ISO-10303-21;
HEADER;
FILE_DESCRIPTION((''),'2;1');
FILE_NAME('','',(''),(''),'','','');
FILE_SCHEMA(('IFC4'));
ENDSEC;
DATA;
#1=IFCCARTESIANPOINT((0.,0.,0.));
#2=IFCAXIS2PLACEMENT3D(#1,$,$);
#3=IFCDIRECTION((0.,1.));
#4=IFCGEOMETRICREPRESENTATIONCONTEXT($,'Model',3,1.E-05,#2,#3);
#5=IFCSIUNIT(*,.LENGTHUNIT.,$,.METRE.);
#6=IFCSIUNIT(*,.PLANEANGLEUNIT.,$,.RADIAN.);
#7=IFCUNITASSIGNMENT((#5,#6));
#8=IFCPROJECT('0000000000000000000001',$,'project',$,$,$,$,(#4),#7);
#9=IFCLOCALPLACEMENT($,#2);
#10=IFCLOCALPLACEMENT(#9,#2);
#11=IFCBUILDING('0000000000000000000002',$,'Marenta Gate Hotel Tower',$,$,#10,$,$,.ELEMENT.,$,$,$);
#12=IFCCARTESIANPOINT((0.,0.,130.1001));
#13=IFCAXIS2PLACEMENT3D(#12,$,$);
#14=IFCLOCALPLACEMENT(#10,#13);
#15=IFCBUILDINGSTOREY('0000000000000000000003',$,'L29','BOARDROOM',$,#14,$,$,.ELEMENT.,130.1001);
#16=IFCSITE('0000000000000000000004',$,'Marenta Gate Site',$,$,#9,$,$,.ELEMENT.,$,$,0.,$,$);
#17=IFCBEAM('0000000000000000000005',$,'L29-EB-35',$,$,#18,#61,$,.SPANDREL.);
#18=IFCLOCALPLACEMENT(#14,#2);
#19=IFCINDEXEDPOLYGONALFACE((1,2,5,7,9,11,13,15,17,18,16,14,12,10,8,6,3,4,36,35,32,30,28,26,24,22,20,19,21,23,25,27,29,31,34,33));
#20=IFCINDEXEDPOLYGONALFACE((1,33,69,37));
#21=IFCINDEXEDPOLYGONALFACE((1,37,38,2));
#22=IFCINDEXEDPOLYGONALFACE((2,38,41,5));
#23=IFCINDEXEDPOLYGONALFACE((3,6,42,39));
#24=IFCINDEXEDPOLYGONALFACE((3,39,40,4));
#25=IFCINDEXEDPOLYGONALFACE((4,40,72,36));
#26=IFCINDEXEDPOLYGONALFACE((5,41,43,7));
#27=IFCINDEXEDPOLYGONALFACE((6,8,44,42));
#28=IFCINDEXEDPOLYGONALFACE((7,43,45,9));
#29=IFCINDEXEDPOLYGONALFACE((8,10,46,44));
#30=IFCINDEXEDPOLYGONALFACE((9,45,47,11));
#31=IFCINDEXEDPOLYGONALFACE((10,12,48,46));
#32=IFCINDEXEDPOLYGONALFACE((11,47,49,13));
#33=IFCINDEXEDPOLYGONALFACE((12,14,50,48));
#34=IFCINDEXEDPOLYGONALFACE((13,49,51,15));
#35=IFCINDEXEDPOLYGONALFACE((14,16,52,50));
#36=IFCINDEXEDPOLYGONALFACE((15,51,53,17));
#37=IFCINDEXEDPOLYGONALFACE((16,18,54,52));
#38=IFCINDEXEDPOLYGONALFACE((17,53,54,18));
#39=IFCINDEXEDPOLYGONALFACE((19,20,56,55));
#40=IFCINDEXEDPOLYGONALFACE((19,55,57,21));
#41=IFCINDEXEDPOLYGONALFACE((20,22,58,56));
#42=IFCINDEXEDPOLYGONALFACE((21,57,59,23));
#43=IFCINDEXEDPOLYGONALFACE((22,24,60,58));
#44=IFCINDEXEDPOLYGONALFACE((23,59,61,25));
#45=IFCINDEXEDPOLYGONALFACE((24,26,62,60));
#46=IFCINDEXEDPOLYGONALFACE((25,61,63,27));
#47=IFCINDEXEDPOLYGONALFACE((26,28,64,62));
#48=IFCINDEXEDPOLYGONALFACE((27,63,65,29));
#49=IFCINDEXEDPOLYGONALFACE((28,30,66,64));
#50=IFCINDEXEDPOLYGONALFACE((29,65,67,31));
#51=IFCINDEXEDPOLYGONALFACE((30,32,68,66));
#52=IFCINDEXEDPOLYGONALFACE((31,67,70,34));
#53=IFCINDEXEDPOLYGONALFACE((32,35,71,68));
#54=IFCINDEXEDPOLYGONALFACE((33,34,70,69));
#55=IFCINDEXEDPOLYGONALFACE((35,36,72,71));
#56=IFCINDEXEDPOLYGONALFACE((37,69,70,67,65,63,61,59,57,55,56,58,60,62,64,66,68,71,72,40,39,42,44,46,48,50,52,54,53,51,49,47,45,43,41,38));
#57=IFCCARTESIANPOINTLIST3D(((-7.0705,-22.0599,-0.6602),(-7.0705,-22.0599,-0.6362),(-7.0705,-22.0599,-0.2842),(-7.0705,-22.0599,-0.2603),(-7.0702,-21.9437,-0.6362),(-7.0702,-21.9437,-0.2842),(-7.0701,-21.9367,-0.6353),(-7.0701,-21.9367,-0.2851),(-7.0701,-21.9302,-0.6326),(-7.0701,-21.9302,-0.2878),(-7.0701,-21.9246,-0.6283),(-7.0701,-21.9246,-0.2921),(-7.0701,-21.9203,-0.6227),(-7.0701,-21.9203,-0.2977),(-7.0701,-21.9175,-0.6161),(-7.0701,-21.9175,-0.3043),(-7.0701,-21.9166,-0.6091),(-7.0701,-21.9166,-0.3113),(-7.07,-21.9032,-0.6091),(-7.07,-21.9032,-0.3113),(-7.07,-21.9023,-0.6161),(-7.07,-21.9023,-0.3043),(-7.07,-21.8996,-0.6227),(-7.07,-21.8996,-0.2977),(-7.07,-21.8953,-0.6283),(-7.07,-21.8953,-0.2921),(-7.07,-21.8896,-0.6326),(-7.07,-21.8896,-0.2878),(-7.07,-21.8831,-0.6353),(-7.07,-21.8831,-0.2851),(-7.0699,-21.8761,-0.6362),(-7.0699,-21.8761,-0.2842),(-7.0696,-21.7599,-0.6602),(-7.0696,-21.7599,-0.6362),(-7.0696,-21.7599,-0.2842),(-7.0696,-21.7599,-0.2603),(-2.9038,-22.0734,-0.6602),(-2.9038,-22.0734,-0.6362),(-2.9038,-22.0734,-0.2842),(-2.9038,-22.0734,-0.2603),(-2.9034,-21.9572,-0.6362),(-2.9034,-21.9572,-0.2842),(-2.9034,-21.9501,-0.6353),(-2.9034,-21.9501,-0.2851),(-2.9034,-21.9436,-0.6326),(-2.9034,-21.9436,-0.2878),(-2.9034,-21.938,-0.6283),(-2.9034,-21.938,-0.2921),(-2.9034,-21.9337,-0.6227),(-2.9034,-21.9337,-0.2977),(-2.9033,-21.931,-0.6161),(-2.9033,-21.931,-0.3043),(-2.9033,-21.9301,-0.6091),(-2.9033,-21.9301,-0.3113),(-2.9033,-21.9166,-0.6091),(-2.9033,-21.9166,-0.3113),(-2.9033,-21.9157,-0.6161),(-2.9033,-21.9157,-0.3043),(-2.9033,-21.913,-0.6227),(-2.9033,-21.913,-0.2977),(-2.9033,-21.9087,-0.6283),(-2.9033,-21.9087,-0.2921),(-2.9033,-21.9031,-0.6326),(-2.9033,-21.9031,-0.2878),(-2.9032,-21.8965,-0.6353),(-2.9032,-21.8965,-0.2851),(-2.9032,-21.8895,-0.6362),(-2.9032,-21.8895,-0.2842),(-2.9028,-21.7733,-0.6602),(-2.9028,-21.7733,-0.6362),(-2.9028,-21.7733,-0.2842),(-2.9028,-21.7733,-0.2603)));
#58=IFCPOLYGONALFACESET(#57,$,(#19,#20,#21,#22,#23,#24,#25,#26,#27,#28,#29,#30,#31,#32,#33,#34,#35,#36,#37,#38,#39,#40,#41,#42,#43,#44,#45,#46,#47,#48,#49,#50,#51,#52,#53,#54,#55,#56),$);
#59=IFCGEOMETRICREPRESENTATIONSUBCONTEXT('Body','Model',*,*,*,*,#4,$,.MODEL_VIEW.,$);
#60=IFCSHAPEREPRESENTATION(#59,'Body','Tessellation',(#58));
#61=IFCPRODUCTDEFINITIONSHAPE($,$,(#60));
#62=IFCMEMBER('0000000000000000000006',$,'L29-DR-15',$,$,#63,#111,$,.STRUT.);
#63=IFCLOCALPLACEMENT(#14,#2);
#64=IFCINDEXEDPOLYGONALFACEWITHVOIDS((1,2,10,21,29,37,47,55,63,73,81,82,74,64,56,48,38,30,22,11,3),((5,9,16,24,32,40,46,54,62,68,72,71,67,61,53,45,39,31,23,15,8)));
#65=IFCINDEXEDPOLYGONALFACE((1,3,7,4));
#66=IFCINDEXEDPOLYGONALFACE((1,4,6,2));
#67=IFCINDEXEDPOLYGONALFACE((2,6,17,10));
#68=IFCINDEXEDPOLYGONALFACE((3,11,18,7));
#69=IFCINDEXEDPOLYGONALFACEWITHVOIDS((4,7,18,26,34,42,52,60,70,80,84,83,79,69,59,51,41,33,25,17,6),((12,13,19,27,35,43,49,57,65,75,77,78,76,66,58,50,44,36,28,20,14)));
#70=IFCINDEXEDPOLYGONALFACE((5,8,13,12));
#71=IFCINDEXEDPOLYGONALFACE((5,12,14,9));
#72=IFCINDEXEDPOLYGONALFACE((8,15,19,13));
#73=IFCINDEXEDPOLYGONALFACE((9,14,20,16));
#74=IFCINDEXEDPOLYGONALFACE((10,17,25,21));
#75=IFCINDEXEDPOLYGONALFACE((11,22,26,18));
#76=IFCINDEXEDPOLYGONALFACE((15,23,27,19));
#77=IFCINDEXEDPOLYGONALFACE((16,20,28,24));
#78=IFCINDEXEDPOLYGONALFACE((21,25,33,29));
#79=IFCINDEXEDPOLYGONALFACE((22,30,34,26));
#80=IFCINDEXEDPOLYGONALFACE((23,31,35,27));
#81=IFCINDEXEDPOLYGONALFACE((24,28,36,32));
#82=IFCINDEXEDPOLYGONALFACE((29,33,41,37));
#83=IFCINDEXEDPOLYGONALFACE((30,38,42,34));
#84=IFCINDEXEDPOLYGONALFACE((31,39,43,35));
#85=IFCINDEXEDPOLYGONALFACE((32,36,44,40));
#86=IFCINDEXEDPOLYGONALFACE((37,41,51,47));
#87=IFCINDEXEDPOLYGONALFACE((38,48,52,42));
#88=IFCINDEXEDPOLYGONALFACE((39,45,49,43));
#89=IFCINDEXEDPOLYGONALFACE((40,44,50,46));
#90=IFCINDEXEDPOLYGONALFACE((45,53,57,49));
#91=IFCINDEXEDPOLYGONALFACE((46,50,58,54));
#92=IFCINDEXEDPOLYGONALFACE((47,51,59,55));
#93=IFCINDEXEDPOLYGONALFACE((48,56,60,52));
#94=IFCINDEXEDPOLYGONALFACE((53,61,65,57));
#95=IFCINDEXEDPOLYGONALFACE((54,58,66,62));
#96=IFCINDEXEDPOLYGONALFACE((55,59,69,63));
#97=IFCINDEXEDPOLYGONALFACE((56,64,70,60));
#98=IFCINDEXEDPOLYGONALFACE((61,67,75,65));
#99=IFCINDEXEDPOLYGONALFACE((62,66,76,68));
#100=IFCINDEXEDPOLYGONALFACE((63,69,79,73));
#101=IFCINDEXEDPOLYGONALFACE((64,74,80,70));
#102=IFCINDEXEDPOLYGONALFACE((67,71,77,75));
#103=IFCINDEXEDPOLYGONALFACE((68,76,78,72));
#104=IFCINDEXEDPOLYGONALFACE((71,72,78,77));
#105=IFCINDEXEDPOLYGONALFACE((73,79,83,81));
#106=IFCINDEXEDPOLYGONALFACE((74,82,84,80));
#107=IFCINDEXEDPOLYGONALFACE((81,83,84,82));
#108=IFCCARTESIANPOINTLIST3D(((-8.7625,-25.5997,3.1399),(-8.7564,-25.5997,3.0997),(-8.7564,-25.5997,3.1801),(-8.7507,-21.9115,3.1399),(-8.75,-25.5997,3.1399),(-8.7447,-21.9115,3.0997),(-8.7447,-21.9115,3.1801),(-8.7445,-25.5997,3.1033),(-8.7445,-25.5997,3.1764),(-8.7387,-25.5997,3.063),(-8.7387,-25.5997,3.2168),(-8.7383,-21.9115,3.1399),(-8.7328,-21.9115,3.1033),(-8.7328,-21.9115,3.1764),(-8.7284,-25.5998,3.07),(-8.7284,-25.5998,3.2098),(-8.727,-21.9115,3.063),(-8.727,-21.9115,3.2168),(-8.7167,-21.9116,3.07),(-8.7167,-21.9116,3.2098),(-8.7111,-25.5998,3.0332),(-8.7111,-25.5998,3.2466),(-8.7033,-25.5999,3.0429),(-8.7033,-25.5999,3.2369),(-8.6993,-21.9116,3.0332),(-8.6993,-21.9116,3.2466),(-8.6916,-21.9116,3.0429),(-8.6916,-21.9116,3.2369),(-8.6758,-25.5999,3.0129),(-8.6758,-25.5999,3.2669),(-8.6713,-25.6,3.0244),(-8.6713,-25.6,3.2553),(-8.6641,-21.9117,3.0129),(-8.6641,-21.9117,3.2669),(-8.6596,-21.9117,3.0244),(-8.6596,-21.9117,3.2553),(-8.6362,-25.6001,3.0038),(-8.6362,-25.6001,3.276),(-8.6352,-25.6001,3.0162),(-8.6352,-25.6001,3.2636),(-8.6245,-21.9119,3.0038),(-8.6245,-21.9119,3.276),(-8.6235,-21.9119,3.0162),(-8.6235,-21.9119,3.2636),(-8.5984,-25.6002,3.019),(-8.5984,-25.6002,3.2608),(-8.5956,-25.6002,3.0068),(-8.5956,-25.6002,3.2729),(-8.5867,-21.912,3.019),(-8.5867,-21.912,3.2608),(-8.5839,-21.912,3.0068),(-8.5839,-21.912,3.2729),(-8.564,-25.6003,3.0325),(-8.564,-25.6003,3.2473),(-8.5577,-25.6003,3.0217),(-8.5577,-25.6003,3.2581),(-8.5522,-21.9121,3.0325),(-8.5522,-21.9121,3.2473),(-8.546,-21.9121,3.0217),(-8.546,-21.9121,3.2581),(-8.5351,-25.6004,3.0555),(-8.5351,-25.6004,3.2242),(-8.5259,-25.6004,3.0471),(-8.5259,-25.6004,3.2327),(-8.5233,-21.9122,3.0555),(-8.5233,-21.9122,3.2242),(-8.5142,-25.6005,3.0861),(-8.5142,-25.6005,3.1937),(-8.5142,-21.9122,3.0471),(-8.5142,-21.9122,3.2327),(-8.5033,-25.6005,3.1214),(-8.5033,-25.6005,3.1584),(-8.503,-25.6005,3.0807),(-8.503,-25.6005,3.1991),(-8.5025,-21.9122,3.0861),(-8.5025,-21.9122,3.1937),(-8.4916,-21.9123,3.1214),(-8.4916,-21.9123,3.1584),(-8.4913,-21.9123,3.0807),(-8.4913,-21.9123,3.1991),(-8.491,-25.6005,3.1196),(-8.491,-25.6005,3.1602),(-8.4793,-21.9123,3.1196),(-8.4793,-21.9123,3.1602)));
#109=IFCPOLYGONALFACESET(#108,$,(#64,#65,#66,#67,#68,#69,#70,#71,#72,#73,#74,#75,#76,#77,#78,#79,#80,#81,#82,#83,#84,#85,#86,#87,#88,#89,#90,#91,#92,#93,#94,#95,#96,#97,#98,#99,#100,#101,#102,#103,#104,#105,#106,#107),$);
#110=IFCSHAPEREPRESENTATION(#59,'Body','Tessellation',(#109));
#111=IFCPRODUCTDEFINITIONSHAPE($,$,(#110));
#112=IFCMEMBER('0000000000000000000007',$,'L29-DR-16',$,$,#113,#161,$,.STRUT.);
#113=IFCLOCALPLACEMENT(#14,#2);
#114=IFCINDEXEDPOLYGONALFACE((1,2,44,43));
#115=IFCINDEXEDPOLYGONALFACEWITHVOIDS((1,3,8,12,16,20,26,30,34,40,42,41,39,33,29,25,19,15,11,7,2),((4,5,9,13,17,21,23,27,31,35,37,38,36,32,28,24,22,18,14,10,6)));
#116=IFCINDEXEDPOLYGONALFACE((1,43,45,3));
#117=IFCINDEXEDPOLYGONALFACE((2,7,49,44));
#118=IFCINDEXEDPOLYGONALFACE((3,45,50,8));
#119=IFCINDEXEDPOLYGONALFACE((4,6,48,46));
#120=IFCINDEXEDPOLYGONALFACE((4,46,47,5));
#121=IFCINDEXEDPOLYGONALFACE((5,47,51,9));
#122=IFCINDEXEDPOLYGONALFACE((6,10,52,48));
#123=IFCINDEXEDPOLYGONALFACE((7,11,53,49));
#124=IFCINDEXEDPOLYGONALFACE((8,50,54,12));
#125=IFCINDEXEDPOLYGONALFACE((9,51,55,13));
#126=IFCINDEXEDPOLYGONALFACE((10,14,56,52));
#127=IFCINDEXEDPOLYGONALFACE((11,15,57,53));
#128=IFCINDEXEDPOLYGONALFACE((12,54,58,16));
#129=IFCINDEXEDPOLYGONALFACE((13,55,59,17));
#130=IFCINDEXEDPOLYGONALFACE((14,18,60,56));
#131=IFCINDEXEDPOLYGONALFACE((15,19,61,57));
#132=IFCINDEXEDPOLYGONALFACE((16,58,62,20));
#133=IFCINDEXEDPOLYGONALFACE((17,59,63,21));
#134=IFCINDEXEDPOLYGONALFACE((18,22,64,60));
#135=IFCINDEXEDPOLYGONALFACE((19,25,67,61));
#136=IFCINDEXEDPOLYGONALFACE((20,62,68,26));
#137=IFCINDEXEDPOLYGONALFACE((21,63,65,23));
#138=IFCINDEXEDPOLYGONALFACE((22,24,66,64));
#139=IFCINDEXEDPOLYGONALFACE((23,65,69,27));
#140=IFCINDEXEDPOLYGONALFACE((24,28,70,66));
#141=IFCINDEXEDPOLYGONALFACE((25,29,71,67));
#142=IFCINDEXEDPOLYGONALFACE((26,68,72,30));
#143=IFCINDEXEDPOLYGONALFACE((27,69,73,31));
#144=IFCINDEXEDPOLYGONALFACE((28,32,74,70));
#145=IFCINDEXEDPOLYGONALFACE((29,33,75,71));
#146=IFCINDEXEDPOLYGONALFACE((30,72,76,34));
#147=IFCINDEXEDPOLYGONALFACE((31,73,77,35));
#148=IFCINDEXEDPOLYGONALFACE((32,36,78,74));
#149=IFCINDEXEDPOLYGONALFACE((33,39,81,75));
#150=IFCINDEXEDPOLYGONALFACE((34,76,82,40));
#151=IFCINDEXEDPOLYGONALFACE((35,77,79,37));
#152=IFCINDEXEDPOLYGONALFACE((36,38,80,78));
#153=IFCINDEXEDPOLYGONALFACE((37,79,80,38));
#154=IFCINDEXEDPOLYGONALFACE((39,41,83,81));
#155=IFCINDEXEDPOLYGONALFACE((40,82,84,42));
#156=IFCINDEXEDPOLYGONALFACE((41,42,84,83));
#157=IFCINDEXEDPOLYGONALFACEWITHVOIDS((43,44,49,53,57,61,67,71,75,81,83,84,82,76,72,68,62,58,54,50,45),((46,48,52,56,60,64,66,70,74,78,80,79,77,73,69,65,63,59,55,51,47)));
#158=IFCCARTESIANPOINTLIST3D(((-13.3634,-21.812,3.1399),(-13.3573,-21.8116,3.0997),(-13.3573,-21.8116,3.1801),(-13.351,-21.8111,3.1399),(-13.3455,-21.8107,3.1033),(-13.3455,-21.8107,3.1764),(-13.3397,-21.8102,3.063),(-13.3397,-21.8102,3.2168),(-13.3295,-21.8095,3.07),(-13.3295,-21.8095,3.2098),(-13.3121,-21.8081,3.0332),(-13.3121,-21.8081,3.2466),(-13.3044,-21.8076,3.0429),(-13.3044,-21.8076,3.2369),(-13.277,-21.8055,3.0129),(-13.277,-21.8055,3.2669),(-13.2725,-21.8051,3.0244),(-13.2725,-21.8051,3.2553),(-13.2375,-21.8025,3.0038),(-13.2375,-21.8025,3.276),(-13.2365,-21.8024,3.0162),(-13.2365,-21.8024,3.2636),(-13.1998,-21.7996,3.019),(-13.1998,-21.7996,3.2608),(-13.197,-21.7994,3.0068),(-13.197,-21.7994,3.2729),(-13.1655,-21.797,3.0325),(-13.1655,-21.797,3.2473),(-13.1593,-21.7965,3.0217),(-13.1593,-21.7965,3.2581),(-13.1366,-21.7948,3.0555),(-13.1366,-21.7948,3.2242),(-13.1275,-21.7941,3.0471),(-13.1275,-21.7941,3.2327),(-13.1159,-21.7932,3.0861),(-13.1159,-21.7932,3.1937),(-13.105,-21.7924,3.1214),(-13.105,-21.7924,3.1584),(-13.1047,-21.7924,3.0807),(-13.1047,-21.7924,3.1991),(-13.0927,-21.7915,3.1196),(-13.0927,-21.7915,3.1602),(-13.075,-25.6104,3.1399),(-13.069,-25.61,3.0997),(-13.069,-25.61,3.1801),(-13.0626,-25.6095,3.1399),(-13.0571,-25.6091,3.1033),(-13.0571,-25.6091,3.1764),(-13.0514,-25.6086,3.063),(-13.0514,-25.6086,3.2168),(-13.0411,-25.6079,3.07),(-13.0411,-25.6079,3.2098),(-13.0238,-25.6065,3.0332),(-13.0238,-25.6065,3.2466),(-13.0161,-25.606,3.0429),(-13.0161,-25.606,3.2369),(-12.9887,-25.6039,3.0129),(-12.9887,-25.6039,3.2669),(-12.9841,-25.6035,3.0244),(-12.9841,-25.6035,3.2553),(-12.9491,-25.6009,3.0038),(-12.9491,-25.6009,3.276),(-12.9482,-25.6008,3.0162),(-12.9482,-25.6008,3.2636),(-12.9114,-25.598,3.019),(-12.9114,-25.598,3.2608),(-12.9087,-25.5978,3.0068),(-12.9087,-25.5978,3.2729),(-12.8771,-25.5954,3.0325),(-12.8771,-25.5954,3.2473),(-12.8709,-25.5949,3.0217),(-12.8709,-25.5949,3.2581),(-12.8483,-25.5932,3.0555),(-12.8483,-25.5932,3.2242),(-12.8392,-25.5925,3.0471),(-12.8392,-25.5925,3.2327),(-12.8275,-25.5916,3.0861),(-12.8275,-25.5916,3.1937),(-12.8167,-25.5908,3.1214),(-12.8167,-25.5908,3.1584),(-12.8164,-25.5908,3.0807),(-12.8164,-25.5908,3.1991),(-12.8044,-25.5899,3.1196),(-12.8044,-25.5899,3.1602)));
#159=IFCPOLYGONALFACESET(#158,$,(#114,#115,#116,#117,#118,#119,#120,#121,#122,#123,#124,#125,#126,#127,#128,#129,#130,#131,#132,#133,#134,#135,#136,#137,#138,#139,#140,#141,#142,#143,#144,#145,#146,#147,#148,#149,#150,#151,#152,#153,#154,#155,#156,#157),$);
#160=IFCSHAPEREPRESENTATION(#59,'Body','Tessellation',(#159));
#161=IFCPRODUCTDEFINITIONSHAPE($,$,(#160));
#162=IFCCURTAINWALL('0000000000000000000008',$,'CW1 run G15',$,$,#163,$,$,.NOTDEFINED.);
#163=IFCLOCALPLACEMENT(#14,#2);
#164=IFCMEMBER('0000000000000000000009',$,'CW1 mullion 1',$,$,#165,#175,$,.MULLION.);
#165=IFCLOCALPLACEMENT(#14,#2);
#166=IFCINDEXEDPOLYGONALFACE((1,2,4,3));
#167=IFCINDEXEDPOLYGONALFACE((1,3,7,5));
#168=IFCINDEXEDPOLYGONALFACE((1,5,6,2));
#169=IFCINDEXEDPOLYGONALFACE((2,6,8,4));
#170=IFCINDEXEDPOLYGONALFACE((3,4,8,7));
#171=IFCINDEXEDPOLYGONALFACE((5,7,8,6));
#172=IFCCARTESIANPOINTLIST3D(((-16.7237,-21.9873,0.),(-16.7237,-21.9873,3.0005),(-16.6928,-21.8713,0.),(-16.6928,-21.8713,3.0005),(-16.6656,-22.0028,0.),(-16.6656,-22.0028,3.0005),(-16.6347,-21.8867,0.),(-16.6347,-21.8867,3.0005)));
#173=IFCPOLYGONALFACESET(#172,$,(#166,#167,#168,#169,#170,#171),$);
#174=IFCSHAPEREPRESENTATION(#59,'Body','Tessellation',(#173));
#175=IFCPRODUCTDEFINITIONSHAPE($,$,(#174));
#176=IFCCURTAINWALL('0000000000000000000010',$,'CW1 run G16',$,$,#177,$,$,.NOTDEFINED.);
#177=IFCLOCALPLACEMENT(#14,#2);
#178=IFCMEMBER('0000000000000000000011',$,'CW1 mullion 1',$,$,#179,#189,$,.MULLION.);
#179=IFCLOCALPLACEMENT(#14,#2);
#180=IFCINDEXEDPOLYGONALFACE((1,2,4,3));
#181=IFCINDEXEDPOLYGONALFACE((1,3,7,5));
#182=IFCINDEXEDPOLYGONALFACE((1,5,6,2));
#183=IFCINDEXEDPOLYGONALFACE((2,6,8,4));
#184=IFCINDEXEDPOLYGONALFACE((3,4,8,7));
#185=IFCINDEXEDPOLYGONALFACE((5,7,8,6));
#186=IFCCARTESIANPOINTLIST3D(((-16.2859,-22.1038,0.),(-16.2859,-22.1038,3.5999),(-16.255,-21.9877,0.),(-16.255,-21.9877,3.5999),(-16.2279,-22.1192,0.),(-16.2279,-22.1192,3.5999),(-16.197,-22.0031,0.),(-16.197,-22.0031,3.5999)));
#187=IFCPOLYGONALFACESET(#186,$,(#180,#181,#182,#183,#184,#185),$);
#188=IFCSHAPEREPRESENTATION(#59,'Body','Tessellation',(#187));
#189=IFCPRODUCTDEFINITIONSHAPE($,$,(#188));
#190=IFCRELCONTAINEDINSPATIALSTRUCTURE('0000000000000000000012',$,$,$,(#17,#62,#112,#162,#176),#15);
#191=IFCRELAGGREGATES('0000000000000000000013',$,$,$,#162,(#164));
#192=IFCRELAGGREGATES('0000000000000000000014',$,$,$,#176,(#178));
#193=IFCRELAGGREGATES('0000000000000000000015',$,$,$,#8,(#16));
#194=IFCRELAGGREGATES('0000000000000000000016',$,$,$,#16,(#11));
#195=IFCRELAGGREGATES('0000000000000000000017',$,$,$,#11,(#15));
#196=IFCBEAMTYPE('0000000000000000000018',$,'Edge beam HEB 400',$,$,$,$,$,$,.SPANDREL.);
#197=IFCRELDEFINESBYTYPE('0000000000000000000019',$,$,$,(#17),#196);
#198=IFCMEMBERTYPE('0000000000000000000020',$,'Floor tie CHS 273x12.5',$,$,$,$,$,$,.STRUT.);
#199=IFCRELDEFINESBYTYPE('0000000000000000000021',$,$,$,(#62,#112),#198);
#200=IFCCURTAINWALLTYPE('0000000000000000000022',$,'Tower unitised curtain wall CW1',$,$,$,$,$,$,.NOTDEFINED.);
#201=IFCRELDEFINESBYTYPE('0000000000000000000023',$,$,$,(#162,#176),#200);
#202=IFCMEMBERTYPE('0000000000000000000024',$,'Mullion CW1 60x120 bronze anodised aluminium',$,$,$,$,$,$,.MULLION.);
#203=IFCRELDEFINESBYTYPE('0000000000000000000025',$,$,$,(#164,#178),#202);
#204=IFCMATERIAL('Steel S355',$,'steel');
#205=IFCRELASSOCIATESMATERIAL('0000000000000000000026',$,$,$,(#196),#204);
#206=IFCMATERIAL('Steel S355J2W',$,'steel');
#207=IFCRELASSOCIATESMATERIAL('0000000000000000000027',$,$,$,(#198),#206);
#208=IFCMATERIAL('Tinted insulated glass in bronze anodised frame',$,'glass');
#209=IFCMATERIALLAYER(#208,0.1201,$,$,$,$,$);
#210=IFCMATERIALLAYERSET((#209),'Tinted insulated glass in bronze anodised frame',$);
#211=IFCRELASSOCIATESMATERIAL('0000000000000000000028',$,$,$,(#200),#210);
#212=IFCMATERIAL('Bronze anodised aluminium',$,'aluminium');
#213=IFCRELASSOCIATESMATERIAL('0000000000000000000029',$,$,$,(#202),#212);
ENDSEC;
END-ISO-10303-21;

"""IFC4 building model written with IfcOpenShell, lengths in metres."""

from ifc_helpers import new_model, si_unit, direction, frame, origin, origin_2d, place, context, subcontext, project, spatial, rectangle, hollow_circle, i_section, extrude, material, layer, layer_set, material_profile, profile_set, type_object, element, aggregate, save


model = new_model("IFC4")

# Units and contexts
model_context = context("Model", 3, precision=1e-05, world=origin(), true_north=direction((0.0, 1.0)))
body_context = subcontext(model_context, "Body", "Model", "MODEL_VIEW")
ifc_project = project(units=[si_unit("LENGTHUNIT", "METRE"), si_unit("PLANEANGLEUNIT", "RADIAN")], contexts=[model_context])

# Site, building, storey
site_placement = place(None, origin())
site = spatial("IfcSite", under=ifc_project, at=site_placement, Name="Marenta Gate Site", CompositionType="ELEMENT", RefElevation=0.0)
building_placement = place(site_placement, origin())
building = spatial("IfcBuilding", under=site, at=building_placement, Name="Marenta Gate Hotel Tower", CompositionType="ELEMENT")
storey_placement = place(building_placement, frame((0.0, 0.0, 130.1001)))
storey = spatial("IfcBuildingStorey", under=building, at=storey_placement, Name="L29", Description="BOARDROOM", CompositionType="ELEMENT", Elevation=130.1001)

# Beam
ifc_material_1 = material(Name="Steel S355", Category="steel")
ifc_material_profile_1 = material_profile(ifc_material_1, i_section(OverallWidth=0.3, OverallDepth=0.3999, WebThickness=0.0134, FlangeThickness=0.0239, FilletRadius=0.0271, at=origin_2d()), Name="HEB 400")
ifc_profile_set_1 = profile_set([ifc_material_profile_1], Name="Steel S355")
beam_type = type_object("IfcBeamType", Name="Edge beam HEB 400", PredefinedType="SPANDREL", material=ifc_profile_set_1)
beam_placement = place(storey_placement, frame((-2.9033, -21.9233, -0.4602), z_axis=(-0.999995, 0.003223, 0.0), x_axis=(-0.003223, -0.999995, 0.0)))
element("IfcBeam", 1, at=beam_placement, inside=storey, type_object=beam_type, Name="L29-EB-35", PredefinedType="SPANDREL", context=body_context, shape_type="SweptSolid", body=[
    extrude(i_section(OverallWidth=0.3, OverallDepth=0.3999, WebThickness=0.0134, FlangeThickness=0.0239, FilletRadius=0.0271, at=origin_2d()), origin(), (0.0, 0.0, 1.0), 4.1667),
])

# Members
ifc_material_2 = material(Name="Steel S355J2W", Category="steel")
ifc_material_profile_2 = material_profile(ifc_material_2, hollow_circle(Radius=0.1365, WallThickness=0.0125, at=origin_2d()), Name="CHS 273x12.5")
ifc_profile_set_2 = profile_set([ifc_material_profile_2], Name="Steel S355J2W")
member_type_1 = type_object("IfcMemberType", Name="Floor tie CHS 273x12.5", PredefinedType="STRUT", material=ifc_profile_set_2)
member_1_placement = place(storey_placement, frame((-8.626, -25.6001, 3.1399), z_axis=(0.003177, 0.999995, 0.0), x_axis=(-0.999995, 0.003177, 0.0)))
element("IfcMember", 2, at=member_1_placement, inside=storey, type_object=member_type_1, Name="L29-DR-15", PredefinedType="STRUT", context=body_context, shape_type="SweptSolid", body=[
    extrude(hollow_circle(Radius=0.1365, WallThickness=0.0125, at=origin_2d()), origin(), (0.0, 0.0, 1.0), 3.6882),
])
member_2_placement = place(storey_placement, frame((-12.939, -25.6001, 3.1399), z_axis=(-0.075692, 0.997131, 0.0), x_axis=(-0.997131, -0.075692, 0.0)))
element("IfcMember", 3, at=member_2_placement, inside=storey, type_object=member_type_1, Name="L29-DR-16", PredefinedType="STRUT", context=body_context, shape_type="SweptSolid", body=[
    extrude(hollow_circle(Radius=0.1365, WallThickness=0.0125, at=origin_2d()), origin(), (0.0, 0.0, 1.0), 3.8093),
])

# Curtain walls, members
ifc_material_3 = material(Name="Tinted insulated glass in bronze anodised frame", Category="glass")
ifc_layer_1 = layer(ifc_material_3, 0.1201)
ifc_layer_set_1 = layer_set([ifc_layer_1], Name="Tinted insulated glass in bronze anodised frame")
curtain_wall_type = type_object("IfcCurtainWallType", Name="Tower unitised curtain wall CW1", PredefinedType="NOTDEFINED", material=ifc_layer_set_1)
curtain_wall_1_placement = place(storey_placement, origin())
curtain_wall_1 = element("IfcCurtainWall", 4, at=curtain_wall_1_placement, inside=storey, type_object=curtain_wall_type, Name="CW1 run G15", PredefinedType="NOTDEFINED")
ifc_material_4 = material(Name="Bronze anodised aluminium", Category="aluminium")
ifc_material_profile_3 = material_profile(ifc_material_4, rectangle(XDim=0.1201, YDim=0.0601, at=origin_2d()), Name="Mullion CW1 60x120 bronze anodised aluminium")
ifc_profile_set_3 = profile_set([ifc_material_profile_3], Name="Bronze anodised aluminium")
member_type_2 = type_object("IfcMemberType", Name="Mullion CW1 60x120 bronze anodised aluminium", PredefinedType="MULLION", material=ifc_profile_set_3)
member_3_placement = place(storey_placement, frame((-16.6792, -21.937, 0.0), z_axis=(0.0, 0.0, 1.0), x_axis=(0.257154, 0.96637, 0.0)))
member_3 = element("IfcMember", 5, at=member_3_placement, type_object=member_type_2, Name="CW1 mullion 1", PredefinedType="MULLION", context=body_context, shape_type="SweptSolid", body=[
    extrude(rectangle(XDim=0.1201, YDim=0.0601, at=origin_2d()), origin(), (0.0, 0.0, 1.0), 3.0005),
])
curtain_wall_2_placement = place(storey_placement, origin())
curtain_wall_2 = element("IfcCurtainWall", 6, at=curtain_wall_2_placement, inside=storey, type_object=curtain_wall_type, Name="CW1 run G16", PredefinedType="NOTDEFINED")
member_4_placement = place(storey_placement, frame((-16.2415, -22.0535, 0.0), z_axis=(0.0, 0.0, 1.0), x_axis=(0.257135, 0.966376, 0.0)))
member_4 = element("IfcMember", 7, at=member_4_placement, type_object=member_type_2, Name="CW1 mullion 1", PredefinedType="MULLION", context=body_context, shape_type="SweptSolid", body=[
    extrude(rectangle(XDim=0.1201, YDim=0.0601, at=origin_2d()), origin(), (0.0, 0.0, 1.0), 3.5999),
])

aggregate(curtain_wall_1, [member_3])
aggregate(curtain_wall_2, [member_4])

save(model, "model.ifc")
